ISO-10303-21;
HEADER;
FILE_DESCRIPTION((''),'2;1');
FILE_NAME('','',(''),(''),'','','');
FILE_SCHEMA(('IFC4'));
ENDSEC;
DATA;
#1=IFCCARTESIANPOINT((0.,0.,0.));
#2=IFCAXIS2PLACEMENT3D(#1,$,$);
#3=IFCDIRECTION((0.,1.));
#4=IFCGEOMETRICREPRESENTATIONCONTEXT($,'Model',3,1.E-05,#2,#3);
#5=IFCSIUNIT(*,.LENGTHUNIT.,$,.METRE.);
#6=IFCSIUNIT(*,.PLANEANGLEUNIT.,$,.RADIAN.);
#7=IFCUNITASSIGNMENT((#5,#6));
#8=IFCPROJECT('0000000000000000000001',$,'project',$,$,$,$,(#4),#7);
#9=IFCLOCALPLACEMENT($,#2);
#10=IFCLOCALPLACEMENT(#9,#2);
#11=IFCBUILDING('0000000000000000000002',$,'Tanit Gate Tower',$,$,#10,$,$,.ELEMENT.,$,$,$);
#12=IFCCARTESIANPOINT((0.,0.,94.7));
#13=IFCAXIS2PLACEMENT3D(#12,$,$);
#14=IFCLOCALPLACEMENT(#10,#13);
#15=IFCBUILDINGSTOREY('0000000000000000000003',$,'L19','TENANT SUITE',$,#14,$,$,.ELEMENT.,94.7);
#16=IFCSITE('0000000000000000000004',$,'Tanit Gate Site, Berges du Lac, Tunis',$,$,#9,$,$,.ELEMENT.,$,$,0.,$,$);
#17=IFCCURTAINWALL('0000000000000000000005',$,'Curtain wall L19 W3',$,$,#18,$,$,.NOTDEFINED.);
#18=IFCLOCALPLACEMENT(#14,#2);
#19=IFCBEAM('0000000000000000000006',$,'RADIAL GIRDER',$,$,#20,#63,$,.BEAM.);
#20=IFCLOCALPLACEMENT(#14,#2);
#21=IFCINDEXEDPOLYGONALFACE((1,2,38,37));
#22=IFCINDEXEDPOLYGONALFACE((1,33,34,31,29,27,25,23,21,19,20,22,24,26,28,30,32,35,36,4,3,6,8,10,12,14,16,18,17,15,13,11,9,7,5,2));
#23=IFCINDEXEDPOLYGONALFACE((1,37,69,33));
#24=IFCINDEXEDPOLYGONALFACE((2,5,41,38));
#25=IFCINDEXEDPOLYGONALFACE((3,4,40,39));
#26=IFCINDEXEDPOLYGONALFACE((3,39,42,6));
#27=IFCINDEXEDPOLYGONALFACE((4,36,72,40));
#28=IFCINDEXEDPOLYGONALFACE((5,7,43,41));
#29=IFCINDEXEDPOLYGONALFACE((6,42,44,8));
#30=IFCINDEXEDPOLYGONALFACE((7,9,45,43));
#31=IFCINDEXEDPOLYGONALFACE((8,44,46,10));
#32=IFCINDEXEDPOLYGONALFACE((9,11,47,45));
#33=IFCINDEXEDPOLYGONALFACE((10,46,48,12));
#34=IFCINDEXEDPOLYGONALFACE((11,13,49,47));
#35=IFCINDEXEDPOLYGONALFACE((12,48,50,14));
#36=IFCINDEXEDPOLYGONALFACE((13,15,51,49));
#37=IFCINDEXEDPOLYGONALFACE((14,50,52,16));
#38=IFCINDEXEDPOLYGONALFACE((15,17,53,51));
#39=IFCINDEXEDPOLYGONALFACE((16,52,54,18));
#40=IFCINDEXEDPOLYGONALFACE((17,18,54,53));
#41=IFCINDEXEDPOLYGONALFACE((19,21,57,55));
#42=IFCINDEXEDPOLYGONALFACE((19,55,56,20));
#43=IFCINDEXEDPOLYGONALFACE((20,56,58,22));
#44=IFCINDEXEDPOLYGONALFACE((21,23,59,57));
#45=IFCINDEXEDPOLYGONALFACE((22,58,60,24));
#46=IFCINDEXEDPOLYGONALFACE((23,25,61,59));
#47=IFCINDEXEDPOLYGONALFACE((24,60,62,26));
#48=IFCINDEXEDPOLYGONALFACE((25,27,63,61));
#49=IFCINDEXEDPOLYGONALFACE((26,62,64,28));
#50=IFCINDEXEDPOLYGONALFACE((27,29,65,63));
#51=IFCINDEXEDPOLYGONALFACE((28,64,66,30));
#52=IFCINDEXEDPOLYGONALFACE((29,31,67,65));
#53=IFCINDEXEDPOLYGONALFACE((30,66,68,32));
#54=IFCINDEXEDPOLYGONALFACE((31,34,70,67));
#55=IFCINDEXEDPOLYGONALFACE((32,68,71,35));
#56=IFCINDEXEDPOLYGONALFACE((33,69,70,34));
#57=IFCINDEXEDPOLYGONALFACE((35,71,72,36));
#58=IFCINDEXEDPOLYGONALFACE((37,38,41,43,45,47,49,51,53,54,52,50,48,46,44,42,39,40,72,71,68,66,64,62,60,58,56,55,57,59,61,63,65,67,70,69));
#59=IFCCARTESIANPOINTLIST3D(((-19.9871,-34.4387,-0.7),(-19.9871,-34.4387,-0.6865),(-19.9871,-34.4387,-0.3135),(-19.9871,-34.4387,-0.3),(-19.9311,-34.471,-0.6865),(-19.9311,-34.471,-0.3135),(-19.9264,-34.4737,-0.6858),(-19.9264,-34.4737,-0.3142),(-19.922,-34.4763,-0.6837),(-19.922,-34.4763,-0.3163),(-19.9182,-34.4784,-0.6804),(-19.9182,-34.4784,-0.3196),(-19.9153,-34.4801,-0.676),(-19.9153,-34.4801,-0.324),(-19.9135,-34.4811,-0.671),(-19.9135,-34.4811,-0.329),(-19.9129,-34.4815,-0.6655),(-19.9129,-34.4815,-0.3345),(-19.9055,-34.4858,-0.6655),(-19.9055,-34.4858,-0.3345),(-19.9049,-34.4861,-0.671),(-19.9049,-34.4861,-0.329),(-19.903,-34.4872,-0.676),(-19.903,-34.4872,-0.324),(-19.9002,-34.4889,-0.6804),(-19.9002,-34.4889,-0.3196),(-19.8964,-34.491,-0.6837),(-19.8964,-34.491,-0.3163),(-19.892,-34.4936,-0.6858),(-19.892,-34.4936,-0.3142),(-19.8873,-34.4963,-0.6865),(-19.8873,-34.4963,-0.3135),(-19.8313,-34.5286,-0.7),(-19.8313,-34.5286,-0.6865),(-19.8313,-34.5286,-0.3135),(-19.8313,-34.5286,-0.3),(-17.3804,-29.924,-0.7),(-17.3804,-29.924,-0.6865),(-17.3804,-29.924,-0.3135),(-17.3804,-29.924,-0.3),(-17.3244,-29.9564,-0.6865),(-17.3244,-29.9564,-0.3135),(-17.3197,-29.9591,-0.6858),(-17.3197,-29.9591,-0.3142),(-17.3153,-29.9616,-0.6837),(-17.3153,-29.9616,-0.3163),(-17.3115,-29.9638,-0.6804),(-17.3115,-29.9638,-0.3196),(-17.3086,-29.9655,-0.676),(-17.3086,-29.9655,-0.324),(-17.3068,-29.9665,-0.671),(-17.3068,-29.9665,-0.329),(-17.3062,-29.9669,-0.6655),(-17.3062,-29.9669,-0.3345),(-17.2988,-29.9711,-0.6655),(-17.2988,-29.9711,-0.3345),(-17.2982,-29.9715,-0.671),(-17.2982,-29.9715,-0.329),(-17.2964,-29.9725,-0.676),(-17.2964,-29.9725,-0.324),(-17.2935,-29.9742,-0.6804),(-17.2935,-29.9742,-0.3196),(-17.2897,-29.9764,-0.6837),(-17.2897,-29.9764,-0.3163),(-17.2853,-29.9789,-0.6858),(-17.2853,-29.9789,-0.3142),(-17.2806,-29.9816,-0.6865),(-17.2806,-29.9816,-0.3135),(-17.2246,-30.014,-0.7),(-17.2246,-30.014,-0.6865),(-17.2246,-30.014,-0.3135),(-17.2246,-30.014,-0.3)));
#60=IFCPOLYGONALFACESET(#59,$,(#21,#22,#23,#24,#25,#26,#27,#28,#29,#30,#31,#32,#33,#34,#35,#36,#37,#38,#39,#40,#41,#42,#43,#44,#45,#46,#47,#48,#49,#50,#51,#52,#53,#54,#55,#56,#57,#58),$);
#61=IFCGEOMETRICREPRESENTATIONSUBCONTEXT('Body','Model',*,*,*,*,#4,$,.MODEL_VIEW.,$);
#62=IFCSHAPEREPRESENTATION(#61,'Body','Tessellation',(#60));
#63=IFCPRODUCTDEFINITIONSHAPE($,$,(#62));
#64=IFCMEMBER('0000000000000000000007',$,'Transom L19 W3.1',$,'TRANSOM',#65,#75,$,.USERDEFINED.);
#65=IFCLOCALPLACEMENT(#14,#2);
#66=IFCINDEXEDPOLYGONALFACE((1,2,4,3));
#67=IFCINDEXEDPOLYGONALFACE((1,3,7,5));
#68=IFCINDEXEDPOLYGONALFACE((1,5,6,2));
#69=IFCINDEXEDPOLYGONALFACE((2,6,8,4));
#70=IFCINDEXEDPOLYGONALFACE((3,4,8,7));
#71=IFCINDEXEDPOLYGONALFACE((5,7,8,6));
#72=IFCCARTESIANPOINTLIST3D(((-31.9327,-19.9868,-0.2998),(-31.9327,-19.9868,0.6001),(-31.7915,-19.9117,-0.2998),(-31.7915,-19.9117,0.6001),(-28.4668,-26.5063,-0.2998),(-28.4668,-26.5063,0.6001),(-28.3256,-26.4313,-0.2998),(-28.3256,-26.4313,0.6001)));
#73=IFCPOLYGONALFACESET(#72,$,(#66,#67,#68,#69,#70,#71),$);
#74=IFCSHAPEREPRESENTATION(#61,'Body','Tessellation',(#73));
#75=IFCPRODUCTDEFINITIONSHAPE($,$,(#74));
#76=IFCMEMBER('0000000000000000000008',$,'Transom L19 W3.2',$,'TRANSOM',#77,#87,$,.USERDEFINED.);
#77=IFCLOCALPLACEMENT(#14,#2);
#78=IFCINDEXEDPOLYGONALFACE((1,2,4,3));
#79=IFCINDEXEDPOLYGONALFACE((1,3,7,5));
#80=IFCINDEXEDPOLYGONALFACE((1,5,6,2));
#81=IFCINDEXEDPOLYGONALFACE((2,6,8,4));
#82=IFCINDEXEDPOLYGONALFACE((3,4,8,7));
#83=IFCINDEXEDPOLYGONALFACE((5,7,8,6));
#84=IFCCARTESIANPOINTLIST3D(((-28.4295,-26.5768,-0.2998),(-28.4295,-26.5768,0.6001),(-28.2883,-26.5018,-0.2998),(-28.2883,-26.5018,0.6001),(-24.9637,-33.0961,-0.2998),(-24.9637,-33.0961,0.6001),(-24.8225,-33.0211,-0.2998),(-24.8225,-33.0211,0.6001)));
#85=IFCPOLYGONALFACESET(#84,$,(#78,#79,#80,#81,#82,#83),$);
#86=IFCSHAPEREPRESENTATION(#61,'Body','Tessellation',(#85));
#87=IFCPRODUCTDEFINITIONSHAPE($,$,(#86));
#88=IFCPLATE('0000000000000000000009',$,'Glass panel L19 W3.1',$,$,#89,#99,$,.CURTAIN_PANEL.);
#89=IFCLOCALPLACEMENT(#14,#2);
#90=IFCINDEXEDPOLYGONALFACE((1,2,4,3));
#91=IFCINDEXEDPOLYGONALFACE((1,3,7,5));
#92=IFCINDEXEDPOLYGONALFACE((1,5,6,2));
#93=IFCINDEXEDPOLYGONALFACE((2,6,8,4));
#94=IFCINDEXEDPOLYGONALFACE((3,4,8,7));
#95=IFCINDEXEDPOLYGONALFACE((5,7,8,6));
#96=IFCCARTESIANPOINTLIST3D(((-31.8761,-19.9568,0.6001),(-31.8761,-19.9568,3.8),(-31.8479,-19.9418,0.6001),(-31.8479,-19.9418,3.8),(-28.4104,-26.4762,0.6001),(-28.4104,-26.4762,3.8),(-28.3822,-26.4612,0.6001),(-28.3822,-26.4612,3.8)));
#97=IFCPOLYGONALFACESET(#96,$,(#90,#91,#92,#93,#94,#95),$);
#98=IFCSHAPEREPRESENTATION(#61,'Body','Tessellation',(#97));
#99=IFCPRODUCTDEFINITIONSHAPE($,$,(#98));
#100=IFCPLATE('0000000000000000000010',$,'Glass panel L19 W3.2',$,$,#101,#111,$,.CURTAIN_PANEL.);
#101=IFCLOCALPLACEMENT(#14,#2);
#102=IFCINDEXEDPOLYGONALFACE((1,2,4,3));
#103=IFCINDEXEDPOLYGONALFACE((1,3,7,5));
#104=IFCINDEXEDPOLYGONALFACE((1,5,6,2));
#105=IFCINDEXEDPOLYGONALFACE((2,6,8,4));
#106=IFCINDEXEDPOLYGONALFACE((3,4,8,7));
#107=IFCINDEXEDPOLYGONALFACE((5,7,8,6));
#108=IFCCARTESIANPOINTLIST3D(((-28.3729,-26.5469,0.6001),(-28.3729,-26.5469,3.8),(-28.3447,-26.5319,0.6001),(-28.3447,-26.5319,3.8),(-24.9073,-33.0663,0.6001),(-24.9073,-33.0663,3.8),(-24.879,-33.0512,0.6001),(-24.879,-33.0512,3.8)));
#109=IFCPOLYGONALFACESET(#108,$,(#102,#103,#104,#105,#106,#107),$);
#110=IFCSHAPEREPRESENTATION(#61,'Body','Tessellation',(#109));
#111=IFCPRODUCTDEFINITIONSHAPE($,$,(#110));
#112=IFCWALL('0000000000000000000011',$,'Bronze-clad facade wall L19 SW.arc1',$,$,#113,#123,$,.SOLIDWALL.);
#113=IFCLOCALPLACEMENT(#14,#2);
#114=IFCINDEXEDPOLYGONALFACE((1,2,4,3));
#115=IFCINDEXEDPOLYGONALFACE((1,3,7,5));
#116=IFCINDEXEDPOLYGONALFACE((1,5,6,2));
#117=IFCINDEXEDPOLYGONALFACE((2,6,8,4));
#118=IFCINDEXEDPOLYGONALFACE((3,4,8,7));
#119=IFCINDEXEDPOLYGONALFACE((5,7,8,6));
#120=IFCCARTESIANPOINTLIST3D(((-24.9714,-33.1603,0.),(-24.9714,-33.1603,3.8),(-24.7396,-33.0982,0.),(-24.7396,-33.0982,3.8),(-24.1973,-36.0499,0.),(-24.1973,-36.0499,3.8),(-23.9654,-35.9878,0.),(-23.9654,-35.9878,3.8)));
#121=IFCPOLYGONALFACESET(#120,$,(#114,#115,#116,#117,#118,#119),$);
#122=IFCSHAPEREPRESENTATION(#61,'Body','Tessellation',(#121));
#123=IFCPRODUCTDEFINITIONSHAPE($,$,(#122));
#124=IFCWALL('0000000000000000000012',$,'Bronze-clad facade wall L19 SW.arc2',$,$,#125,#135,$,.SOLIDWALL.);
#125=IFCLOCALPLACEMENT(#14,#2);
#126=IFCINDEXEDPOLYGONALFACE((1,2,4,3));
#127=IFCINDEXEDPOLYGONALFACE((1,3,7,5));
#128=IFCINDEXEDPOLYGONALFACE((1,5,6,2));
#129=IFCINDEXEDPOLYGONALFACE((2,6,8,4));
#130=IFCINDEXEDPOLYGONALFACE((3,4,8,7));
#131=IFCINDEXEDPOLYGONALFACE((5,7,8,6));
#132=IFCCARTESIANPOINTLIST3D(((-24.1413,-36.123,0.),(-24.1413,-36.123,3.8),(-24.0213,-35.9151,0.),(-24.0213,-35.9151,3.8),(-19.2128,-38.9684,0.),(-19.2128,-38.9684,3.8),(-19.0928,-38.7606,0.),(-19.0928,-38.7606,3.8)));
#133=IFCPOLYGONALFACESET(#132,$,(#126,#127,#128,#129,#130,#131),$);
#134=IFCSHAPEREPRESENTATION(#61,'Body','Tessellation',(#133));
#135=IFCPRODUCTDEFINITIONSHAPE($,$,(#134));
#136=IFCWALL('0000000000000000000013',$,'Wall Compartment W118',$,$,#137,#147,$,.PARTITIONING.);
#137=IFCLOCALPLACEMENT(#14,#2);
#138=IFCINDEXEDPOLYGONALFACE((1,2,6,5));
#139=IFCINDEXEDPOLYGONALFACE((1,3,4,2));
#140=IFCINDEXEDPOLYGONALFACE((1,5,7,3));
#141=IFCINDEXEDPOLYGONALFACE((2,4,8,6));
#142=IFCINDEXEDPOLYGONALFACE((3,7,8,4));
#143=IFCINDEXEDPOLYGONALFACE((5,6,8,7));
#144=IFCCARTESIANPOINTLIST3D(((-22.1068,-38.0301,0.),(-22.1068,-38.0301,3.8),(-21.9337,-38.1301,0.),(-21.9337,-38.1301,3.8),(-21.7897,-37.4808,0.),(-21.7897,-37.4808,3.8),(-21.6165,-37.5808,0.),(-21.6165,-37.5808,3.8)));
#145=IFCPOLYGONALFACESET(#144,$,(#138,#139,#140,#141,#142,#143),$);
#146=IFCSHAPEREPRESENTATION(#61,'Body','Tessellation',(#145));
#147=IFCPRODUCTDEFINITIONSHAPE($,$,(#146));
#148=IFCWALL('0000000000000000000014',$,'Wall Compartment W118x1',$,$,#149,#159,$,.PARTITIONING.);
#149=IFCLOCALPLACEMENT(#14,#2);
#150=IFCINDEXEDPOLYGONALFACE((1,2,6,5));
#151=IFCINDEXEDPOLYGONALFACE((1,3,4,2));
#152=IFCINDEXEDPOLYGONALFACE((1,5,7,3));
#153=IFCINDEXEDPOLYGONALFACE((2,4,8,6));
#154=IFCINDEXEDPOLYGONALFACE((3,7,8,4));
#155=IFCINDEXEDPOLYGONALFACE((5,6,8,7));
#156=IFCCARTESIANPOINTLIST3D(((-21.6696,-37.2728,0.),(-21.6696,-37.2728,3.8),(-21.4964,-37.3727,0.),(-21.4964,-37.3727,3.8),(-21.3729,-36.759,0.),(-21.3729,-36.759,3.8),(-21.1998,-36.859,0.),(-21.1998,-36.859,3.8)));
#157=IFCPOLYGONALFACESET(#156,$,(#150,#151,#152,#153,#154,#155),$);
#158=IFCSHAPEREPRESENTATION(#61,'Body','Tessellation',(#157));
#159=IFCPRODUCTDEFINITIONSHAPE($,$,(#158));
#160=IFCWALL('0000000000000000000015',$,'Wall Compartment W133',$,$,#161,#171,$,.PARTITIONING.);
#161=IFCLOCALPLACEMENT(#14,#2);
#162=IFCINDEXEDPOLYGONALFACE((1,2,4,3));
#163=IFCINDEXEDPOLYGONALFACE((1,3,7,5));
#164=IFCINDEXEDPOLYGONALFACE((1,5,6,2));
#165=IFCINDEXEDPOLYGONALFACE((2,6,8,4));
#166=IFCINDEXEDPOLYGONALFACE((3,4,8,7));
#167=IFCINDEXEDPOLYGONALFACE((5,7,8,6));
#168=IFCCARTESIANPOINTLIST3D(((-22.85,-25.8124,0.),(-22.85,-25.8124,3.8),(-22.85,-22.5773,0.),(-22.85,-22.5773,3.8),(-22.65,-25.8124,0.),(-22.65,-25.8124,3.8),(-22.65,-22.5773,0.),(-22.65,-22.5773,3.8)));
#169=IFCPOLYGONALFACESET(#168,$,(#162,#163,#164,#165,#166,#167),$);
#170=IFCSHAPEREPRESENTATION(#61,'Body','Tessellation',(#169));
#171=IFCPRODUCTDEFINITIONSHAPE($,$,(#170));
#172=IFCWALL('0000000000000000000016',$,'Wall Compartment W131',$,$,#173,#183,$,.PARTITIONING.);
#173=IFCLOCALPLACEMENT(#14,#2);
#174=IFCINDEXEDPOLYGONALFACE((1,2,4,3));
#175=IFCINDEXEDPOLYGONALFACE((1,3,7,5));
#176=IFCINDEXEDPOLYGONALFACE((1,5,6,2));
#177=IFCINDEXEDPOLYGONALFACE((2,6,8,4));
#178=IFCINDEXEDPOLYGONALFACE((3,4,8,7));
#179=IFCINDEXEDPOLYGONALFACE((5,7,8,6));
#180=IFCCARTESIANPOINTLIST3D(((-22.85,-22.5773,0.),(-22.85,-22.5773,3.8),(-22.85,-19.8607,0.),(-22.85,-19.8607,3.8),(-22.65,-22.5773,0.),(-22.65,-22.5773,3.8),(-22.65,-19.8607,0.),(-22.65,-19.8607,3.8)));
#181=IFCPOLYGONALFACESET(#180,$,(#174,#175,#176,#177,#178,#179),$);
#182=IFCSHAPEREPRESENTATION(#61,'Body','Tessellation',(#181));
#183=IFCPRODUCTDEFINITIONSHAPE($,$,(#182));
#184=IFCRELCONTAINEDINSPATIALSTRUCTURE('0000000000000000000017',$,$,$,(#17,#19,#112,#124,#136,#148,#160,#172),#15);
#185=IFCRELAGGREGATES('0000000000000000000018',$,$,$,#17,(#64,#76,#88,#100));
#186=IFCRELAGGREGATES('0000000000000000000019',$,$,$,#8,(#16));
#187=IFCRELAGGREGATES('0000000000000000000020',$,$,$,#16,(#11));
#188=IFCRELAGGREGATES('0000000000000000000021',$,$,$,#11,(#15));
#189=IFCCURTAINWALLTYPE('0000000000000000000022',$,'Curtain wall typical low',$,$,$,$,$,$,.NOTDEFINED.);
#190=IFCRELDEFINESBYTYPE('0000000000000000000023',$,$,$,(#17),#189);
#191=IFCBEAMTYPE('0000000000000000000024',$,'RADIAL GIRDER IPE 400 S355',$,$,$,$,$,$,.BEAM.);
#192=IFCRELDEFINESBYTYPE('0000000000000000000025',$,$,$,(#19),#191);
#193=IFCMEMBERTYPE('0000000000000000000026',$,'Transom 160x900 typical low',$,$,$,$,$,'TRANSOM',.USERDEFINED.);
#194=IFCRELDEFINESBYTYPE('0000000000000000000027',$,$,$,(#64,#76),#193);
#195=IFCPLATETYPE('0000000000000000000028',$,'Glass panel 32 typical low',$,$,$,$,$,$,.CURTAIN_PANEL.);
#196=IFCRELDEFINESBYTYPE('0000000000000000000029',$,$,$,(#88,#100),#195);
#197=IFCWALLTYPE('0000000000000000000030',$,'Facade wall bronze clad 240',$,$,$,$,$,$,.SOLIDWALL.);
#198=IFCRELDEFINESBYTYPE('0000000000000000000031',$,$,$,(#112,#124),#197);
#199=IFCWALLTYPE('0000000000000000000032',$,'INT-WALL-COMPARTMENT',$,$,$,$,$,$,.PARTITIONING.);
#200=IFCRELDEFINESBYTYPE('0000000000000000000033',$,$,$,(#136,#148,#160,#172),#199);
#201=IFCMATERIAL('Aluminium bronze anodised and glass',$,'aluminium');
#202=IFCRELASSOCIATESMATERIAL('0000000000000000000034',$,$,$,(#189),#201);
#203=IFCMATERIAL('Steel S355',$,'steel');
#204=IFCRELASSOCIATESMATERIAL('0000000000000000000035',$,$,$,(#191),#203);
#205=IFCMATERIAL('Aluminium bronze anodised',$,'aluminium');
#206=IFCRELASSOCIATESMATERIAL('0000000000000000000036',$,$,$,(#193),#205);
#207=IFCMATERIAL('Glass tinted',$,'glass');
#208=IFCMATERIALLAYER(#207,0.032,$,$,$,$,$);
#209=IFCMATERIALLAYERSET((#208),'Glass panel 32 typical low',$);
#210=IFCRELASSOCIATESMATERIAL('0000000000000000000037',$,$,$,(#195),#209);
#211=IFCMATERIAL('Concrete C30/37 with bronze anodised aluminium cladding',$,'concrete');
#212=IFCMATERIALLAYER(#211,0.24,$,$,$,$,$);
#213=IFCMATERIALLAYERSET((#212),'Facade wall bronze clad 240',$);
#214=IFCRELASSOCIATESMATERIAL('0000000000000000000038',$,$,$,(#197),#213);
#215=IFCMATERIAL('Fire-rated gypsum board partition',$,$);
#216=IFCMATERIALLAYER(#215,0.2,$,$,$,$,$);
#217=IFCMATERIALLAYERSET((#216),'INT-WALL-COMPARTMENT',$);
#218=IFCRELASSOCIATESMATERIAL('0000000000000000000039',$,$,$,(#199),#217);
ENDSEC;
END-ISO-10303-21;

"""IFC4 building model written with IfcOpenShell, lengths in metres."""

from ifc_helpers import new_model, si_unit, direction, frame, frame_2d, origin, origin_2d, place, context, subcontext, project, spatial, rectangle, i_section, extrude, material, layer, layer_set, material_profile, profile_set, type_object, element, aggregate, save


model = new_model("IFC4")

# Units and contexts
model_context = context("Model", 3, precision=1e-05, world=origin(), true_north=direction((0.0, 1.0)))
body_context = subcontext(model_context, "Body", "Model", "MODEL_VIEW")
ifc_project = project(units=[si_unit("LENGTHUNIT", "METRE"), si_unit("PLANEANGLEUNIT", "RADIAN")], contexts=[model_context])

# Site, building, storey
site_placement = place(None, origin())
site = spatial("IfcSite", under=ifc_project, at=site_placement, Name="Tanit Gate Site, Berges du Lac, Tunis", CompositionType="ELEMENT", RefElevation=0.0)
building_placement = place(site_placement, origin())
building = spatial("IfcBuilding", under=site, at=building_placement, Name="Tanit Gate Tower", CompositionType="ELEMENT")
storey_placement = place(building_placement, frame((0.0, 0.0, 94.7)))
storey = spatial("IfcBuildingStorey", under=building, at=storey_placement, Name="L19", Description="TENANT SUITE", CompositionType="ELEMENT", Elevation=94.7)

# Curtain wall
ifc_material_1 = material(Name="Aluminium bronze anodised and glass", Category="aluminium")
curtain_wall_type = type_object("IfcCurtainWallType", Name="Curtain wall typical low", PredefinedType="NOTDEFINED", material=ifc_material_1)
curtain_wall_placement = place(storey_placement, origin())
curtain_wall = element("IfcCurtainWall", 1, at=curtain_wall_placement, inside=storey, type_object=curtain_wall_type, Name="Curtain wall L19 W3", PredefinedType="NOTDEFINED")

# Beam
ifc_material_2 = material(Name="Steel S355", Category="steel")
ifc_material_profile_1 = material_profile(ifc_material_2, i_section(OverallWidth=0.1799, OverallDepth=0.3999, WebThickness=0.0085, FlangeThickness=0.0134, FilletRadius=0.021, at=origin_2d()), Name="IPE 400")
ifc_profile_set_1 = profile_set([ifc_material_profile_1], Name="Steel S355")
beam_type_1 = type_object("IfcBeamType", Name="RADIAL GIRDER IPE 400 S355", PredefinedType="BEAM", material=ifc_profile_set_1)
beam_1_placement = place(storey_placement, frame((-19.9092, -34.4836, -0.5), z_axis=(0.500022, 0.866012, 0.0), x_axis=(-0.866012, 0.500022, 0.0)))
element("IfcBeam", 2, at=beam_1_placement, inside=storey, type_object=beam_type_1, Name="RADIAL GIRDER", PredefinedType="BEAM", context=body_context, shape_type="SweptSolid", body=[
    extrude(i_section(OverallWidth=0.1799, OverallDepth=0.3999, WebThickness=0.0085, FlangeThickness=0.0134, FilletRadius=0.021, at=origin_2d()), origin(), (0.0, 0.0, 1.0), 5.2131),
])

# Members
ifc_material_3 = material(Name="Aluminium bronze anodised", Category="aluminium")
ifc_material_profile_2 = material_profile(ifc_material_3, rectangle(XDim=0.1599, YDim=0.8999, at=origin_2d()), Name="160x900 bronze transom")
ifc_profile_set_2 = profile_set([ifc_material_profile_2], Name="Aluminium bronze anodised")
member_type_1 = type_object("IfcMemberType", Name="Transom 160x900 typical low", ElementType="TRANSOM", PredefinedType="USERDEFINED", material=ifc_profile_set_2)
member_1_placement = place(storey_placement, frame((-31.8621, -19.9492, 0.1501), z_axis=(0.4694, -0.882986, 0.0), x_axis=(0.882986, 0.4694, 0.0)))
member_1 = element("IfcMember", 3, at=member_1_placement, type_object=member_type_1, Name="Transom L19 W3.1", ObjectType="TRANSOM", PredefinedType="USERDEFINED", context=body_context, shape_type="SweptSolid", body=[
    extrude(rectangle(XDim=0.1599, YDim=0.8999, at=origin_2d()), origin(), (0.0, 0.0, 1.0), 7.3835),
])
member_2_placement = place(storey_placement, frame((-28.3589, -26.5393, 0.1501), z_axis=(0.469414, -0.882978, 0.0), x_axis=(0.882978, 0.469414, 0.0)))
member_2 = element("IfcMember", 4, at=member_2_placement, type_object=member_type_1, Name="Transom L19 W3.2", ObjectType="TRANSOM", PredefinedType="USERDEFINED", context=body_context, shape_type="SweptSolid", body=[
    extrude(rectangle(XDim=0.1599, YDim=0.8999, at=origin_2d()), origin(), (0.0, 0.0, 1.0), 7.3833),
])

# Plates
ifc_material_4 = material(Name="Glass tinted", Category="glass")
ifc_layer_1 = layer(ifc_material_4, 0.032)
ifc_layer_set_1 = layer_set([ifc_layer_1], Name="Glass panel 32 typical low")
plate_type = type_object("IfcPlateType", Name="Glass panel 32 typical low", PredefinedType="CURTAIN_PANEL", material=ifc_layer_set_1)
plate_1_placement = place(storey_placement, frame((-30.1292, -23.209, 0.6001), z_axis=(0.0, 0.0, 1.0), x_axis=(0.469396, -0.882988, 0.0)))
plate_1 = element("IfcPlate", 5, at=plate_1_placement, type_object=plate_type, Name="Glass panel L19 W3.1", PredefinedType="CURTAIN_PANEL", context=body_context, shape_type="SweptSolid", body=[
    extrude(rectangle(XDim=7.3833, YDim=0.032, at=origin_2d()), origin(), (0.0, 0.0, 1.0), 3.2),
])
plate_2_placement = place(storey_placement, frame((-26.626, -29.7991, 0.6001), z_axis=(0.0, 0.0, 1.0), x_axis=(0.469396, -0.882988, 0.0)))
plate_2 = element("IfcPlate", 6, at=plate_2_placement, type_object=plate_type, Name="Glass panel L19 W3.2", PredefinedType="CURTAIN_PANEL", context=body_context, shape_type="SweptSolid", body=[
    extrude(rectangle(XDim=7.3833, YDim=0.032, at=origin_2d()), origin(), (0.0, 0.0, 1.0), 3.2),
])
aggregate(curtain_wall, [member_1, member_2, plate_1, plate_2])

# Walls
ifc_material_5 = material(Name="Concrete C30/37 with bronze anodised aluminium cladding", Category="concrete")
ifc_layer_2 = layer(ifc_material_5, 0.24)
ifc_layer_set_2 = layer_set([ifc_layer_2], Name="Facade wall bronze clad 240")
wall_type_1 = type_object("IfcWallType", Name="Facade wall bronze clad 240", PredefinedType="SOLIDWALL", material=ifc_layer_set_2)
wall_1_placement = place(storey_placement, frame((-24.8555, -33.1294, 0.0), z_axis=(0.0, 0.0, 1.0), x_axis=(0.258785, -0.965935, 0.0)))
element("IfcWall", 7, at=wall_1_placement, inside=storey, type_object=wall_type_1, Name="Bronze-clad facade wall L19 SW.arc1", PredefinedType="SOLIDWALL", context=body_context, shape_type="SweptSolid", body=[
    extrude(rectangle(XDim=2.9915, YDim=0.24, at=frame_2d((1.4956, 0.0))), origin(), (0.0, 0.0, 1.0), 3.8),
])
wall_2_placement = place(storey_placement, frame((-24.0813, -36.019, 0.0), z_axis=(0.0, 0.0, 1.0), x_axis=(0.866025, -0.500001, 0.0)))
element("IfcWall", 8, at=wall_2_placement, inside=storey, type_object=wall_type_1, Name="Bronze-clad facade wall L19 SW.arc2", PredefinedType="SOLIDWALL", context=body_context, shape_type="SweptSolid", body=[
    extrude(rectangle(XDim=5.6909, YDim=0.24, at=frame_2d((2.8455, 0.0))), origin(), (0.0, 0.0, 1.0), 3.8),
])
ifc_material_6 = material(Name="Fire-rated gypsum board partition")
ifc_layer_3 = layer(ifc_material_6, 0.2)
ifc_layer_set_3 = layer_set([ifc_layer_3], Name="INT-WALL-COMPARTMENT")
wall_type_2 = type_object("IfcWallType", Name="INT-WALL-COMPARTMENT", PredefinedType="PARTITIONING", material=ifc_layer_set_3)
wall_3_placement = place(storey_placement, frame((-22.0203, -38.0801, 0.0), z_axis=(0.0, 0.0, 1.0), x_axis=(0.499989, 0.866032, 0.0)))
element("IfcWall", 9, at=wall_3_placement, inside=storey, type_object=wall_type_2, Name="Wall Compartment W118", PredefinedType="PARTITIONING", context=body_context, shape_type="SweptSolid", body=[
    extrude(rectangle(XDim=0.6343, YDim=0.2, at=frame_2d((0.3171, 0.0))), origin(), (0.0, 0.0, 1.0), 3.8),
])
wall_4_placement = place(storey_placement, frame((-21.583, -37.3228, 0.0), z_axis=(0.0, 0.0, 1.0), x_axis=(0.500079, 0.86598, 0.0)))
element("IfcWall", 10, at=wall_4_placement, inside=storey, type_object=wall_type_2, Name="Wall Compartment W118x1", PredefinedType="PARTITIONING", context=body_context, shape_type="SweptSolid", body=[
    extrude(rectangle(XDim=0.5933, YDim=0.2, at=frame_2d((0.2966, 0.0))), origin(), (0.0, 0.0, 1.0), 3.8),
])
wall_5_placement = place(storey_placement, frame((-22.75, -25.8125, 0.0), z_axis=(0.0, 0.0, 1.0), x_axis=(0.0, 1.0, 0.0)))
element("IfcWall", 11, at=wall_5_placement, inside=storey, type_object=wall_type_2, Name="Wall Compartment W133", PredefinedType="PARTITIONING", context=body_context, shape_type="SweptSolid", body=[
    extrude(rectangle(XDim=3.2351, YDim=0.2, at=frame_2d((1.6177, 0.0))), origin(), (0.0, 0.0, 1.0), 3.8),
])
wall_6_placement = place(storey_placement, frame((-22.75, -22.5774, 0.0), z_axis=(0.0, 0.0, 1.0), x_axis=(0.0, 1.0, 0.0)))
element("IfcWall", 12, at=wall_6_placement, inside=storey, type_object=wall_type_2, Name="Wall Compartment W131", PredefinedType="PARTITIONING", context=body_context, shape_type="SweptSolid", body=[
    extrude(rectangle(XDim=2.7166, YDim=0.2, at=frame_2d((1.3584, 0.0))), origin(), (0.0, 0.0, 1.0), 3.8),
])

save(model, "model.ifc")
